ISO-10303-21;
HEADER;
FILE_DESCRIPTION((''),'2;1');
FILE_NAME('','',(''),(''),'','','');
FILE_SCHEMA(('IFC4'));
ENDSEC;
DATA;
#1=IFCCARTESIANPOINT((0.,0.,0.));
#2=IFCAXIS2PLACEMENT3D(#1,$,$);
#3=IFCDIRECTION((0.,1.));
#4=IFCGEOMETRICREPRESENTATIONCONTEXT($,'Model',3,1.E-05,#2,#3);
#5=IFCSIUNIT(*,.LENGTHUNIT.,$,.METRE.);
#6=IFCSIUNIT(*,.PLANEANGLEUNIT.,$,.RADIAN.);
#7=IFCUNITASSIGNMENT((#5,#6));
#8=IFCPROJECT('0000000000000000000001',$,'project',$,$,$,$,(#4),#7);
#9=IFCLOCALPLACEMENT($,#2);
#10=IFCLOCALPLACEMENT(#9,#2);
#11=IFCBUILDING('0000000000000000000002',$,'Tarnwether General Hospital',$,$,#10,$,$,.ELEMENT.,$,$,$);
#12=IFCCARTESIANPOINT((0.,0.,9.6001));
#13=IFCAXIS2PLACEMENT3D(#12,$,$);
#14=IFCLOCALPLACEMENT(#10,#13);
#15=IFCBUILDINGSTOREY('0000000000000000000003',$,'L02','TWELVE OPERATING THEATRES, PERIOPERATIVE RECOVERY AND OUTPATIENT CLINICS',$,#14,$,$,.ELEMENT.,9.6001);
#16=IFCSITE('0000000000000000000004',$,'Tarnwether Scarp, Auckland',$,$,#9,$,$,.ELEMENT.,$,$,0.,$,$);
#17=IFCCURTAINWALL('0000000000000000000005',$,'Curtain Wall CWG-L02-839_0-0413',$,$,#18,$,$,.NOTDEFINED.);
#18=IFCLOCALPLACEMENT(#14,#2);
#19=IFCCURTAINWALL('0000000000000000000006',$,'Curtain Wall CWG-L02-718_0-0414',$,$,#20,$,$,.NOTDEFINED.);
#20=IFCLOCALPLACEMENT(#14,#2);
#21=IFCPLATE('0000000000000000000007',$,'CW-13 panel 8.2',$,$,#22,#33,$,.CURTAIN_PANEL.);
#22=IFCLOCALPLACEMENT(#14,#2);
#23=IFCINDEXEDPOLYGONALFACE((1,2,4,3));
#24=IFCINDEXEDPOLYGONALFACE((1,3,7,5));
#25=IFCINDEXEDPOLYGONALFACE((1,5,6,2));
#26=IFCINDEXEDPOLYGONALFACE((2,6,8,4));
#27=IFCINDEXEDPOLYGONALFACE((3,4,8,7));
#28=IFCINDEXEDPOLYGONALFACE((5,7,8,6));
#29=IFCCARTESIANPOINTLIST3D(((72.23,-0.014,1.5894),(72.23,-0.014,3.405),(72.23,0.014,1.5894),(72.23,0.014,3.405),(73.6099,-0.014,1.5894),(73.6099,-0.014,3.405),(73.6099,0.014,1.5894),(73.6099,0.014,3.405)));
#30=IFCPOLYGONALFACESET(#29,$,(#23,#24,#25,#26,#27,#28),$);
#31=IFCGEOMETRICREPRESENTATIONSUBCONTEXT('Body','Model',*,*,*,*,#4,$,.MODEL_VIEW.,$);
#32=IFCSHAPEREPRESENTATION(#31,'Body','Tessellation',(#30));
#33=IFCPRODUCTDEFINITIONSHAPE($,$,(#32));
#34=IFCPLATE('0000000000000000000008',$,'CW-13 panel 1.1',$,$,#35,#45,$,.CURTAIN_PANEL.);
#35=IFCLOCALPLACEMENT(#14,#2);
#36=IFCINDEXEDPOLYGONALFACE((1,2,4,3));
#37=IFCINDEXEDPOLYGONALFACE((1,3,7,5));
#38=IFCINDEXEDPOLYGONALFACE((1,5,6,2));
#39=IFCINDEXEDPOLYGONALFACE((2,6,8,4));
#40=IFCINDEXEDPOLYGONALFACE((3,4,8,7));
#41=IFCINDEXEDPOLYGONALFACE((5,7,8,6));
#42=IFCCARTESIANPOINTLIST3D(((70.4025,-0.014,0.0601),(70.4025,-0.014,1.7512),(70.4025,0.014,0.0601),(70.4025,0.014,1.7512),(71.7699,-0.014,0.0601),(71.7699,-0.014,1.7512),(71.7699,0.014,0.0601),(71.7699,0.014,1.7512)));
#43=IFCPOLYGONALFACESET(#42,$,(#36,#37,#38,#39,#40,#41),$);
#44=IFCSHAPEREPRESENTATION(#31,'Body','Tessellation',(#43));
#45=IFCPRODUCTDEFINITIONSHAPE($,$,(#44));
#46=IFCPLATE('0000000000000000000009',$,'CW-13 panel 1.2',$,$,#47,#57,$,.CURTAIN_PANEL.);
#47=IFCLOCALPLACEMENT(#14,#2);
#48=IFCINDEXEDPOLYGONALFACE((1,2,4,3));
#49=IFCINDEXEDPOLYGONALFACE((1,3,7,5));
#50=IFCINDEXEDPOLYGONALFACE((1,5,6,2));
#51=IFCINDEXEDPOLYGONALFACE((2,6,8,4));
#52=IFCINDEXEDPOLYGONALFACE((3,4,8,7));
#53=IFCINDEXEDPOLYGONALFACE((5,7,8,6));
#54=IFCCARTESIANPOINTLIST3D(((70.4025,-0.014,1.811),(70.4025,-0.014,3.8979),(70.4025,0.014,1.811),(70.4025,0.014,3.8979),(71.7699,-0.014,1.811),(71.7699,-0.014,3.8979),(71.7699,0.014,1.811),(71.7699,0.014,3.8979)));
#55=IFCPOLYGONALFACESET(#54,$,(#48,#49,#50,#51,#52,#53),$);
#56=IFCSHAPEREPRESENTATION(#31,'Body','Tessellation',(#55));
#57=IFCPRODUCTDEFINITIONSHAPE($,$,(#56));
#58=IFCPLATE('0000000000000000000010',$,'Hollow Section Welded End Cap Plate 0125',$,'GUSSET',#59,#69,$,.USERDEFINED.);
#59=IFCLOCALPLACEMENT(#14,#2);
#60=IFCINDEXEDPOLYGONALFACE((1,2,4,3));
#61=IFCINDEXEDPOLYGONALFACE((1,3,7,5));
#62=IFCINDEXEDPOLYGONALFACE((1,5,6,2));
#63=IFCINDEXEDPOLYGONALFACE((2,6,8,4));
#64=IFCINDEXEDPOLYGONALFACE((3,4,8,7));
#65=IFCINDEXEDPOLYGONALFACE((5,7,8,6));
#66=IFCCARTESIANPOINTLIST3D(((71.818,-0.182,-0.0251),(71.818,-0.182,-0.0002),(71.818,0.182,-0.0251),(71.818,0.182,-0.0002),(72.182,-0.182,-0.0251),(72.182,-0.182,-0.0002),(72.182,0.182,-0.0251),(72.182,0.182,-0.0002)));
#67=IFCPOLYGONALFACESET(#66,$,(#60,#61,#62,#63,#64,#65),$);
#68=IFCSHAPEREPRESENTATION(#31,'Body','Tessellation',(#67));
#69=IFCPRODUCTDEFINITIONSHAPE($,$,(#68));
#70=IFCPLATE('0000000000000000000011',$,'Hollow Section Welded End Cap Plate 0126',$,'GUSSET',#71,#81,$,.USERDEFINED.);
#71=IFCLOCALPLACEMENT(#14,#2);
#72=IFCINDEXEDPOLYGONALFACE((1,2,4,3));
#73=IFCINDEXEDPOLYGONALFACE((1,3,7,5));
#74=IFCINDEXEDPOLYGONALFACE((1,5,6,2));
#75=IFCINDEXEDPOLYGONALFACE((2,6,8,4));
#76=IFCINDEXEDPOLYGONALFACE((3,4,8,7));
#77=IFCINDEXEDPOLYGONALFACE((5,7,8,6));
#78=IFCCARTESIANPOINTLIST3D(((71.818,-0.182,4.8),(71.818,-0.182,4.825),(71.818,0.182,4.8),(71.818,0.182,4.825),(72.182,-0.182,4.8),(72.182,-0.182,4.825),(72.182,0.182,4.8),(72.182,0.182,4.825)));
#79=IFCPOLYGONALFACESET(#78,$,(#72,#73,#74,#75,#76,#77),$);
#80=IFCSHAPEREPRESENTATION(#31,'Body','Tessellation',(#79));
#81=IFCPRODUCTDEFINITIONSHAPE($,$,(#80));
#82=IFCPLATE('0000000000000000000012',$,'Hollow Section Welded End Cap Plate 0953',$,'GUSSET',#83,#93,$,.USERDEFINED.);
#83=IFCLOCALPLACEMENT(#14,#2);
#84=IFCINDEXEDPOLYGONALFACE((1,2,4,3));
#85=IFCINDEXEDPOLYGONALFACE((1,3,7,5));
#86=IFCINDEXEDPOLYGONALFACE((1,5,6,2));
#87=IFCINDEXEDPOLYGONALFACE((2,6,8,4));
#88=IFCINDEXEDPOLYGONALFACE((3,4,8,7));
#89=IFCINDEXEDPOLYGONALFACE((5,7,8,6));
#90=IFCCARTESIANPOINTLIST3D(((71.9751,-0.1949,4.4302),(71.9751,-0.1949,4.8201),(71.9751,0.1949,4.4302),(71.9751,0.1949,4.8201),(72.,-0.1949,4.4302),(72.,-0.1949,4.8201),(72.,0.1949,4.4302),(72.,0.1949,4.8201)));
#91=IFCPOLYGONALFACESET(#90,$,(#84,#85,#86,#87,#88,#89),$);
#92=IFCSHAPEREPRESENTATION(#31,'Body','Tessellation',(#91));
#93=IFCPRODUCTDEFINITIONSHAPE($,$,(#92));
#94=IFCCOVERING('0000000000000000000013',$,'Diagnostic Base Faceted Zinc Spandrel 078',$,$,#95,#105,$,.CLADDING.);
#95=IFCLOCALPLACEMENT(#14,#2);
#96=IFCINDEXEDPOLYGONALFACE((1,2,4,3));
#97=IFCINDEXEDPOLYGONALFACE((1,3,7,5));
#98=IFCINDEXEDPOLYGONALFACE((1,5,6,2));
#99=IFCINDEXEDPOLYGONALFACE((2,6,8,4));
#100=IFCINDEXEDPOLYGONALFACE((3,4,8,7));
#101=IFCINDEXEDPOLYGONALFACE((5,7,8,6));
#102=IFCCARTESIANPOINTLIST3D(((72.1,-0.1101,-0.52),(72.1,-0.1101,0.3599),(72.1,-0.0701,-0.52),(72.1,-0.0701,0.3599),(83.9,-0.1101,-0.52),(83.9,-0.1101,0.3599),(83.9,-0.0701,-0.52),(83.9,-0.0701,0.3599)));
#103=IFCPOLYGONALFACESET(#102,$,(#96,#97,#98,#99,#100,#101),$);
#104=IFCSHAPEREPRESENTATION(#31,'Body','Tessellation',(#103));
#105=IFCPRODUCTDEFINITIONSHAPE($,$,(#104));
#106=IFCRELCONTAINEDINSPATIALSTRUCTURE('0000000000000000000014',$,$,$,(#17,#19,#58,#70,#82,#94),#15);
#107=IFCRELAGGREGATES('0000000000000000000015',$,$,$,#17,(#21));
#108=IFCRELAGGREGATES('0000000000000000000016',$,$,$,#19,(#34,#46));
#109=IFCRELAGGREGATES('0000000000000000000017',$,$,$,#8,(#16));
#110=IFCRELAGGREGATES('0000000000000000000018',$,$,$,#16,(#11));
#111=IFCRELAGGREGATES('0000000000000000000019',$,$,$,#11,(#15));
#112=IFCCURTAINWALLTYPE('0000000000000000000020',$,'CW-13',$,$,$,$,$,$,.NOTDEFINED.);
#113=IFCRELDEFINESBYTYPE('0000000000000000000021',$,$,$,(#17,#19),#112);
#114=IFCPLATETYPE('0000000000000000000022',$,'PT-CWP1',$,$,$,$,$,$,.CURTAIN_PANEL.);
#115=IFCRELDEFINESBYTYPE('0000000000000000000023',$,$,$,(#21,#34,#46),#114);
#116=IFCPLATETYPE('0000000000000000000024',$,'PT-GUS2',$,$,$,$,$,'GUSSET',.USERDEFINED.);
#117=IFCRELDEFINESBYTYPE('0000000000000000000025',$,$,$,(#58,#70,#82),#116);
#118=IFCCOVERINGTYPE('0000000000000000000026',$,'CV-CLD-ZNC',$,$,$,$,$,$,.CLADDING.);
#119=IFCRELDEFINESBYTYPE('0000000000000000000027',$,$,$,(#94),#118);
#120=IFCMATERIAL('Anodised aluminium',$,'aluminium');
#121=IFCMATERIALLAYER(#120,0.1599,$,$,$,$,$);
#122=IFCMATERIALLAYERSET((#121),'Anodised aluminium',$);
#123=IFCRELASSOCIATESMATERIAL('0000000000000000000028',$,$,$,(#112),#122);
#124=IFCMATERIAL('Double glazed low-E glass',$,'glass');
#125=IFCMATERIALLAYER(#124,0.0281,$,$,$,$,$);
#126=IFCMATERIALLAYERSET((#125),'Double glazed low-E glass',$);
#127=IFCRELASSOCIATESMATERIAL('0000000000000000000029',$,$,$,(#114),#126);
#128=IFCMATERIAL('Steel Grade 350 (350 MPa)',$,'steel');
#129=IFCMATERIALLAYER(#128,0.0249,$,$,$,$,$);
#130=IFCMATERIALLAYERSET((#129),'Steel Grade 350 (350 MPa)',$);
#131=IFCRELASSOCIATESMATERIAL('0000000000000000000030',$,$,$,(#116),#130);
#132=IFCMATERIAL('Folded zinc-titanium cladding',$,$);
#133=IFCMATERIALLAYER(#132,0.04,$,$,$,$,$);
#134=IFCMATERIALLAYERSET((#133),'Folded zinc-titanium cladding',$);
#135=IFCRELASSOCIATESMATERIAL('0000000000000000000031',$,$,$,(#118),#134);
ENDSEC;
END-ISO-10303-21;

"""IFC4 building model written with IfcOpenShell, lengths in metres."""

from ifc_helpers import new_model, si_unit, direction, frame, origin, origin_2d, place, context, subcontext, project, spatial, rectangle, extrude, material, layer, layer_set, type_object, element, aggregate, save


model = new_model("IFC4")

# Units and contexts
model_context = context("Model", 3, precision=1e-05, world=origin(), true_north=direction((0.0, 1.0)))
body_context = subcontext(model_context, "Body", "Model", "MODEL_VIEW")
ifc_project = project(units=[si_unit("LENGTHUNIT", "METRE"), si_unit("PLANEANGLEUNIT", "RADIAN")], contexts=[model_context])

# Site, building, storey
site_placement = place(None, origin())
site = spatial("IfcSite", under=ifc_project, at=site_placement, Name="Tarnwether Scarp, Auckland", CompositionType="ELEMENT", RefElevation=0.0)
building_placement = place(site_placement, origin())
building = spatial("IfcBuilding", under=site, at=building_placement, Name="Tarnwether General Hospital", CompositionType="ELEMENT")
storey_placement = place(building_placement, frame((0.0, 0.0, 9.6001)))
storey = spatial("IfcBuildingStorey", under=building, at=storey_placement, Name="L02", Description="TWELVE OPERATING THEATRES, PERIOPERATIVE RECOVERY AND OUTPATIENT CLINICS", CompositionType="ELEMENT", Elevation=9.6001)

# Curtain wall
ifc_material_1 = material(Name="Anodised aluminium", Category="aluminium")
ifc_layer_1 = layer(ifc_material_1, 0.1599)
ifc_layer_set_1 = layer_set([ifc_layer_1], Name="Anodised aluminium")
curtain_wall_type = type_object("IfcCurtainWallType", Name="CW-13", PredefinedType="NOTDEFINED", material=ifc_layer_set_1)
curtain_wall_1_placement = place(storey_placement, origin())
curtain_wall_1 = element("IfcCurtainWall", 1, at=curtain_wall_1_placement, inside=storey, type_object=curtain_wall_type, Name="Curtain Wall CWG-L02-839_0-0413", PredefinedType="NOTDEFINED")

# Curtain wall
curtain_wall_2_placement = place(storey_placement, origin())
curtain_wall_2 = element("IfcCurtainWall", 2, at=curtain_wall_2_placement, inside=storey, type_object=curtain_wall_type, Name="Curtain Wall CWG-L02-718_0-0414", PredefinedType="NOTDEFINED")

# Plates
ifc_material_2 = material(Name="Double glazed low-E glass", Category="glass")
ifc_layer_2 = layer(ifc_material_2, 0.0281)
ifc_layer_set_2 = layer_set([ifc_layer_2], Name="Double glazed low-E glass")
plate_type_1 = type_object("IfcPlateType", Name="PT-CWP1", PredefinedType="CURTAIN_PANEL", material=ifc_layer_set_2)
plate_1_placement = place(storey_placement, frame((72.9199, 0.0, 1.5894), z_axis=(0.0, 0.0, 1.0), x_axis=(-1.0, 0.0, 0.0)))
plate_1 = element("IfcPlate", 3, at=plate_1_placement, type_object=plate_type_1, Name="CW-13 panel 8.2", PredefinedType="CURTAIN_PANEL", context=body_context, shape_type="SweptSolid", body=[
    extrude(rectangle(XDim=1.3799, YDim=0.0281, at=origin_2d()), origin(), (0.0, 0.0, 1.0), 1.8157),
])
aggregate(curtain_wall_1, [plate_1])
plate_2_placement = place(storey_placement, frame((71.0862, 0.0, 0.0601), z_axis=(0.0, 0.0, 1.0), x_axis=(-1.0, 0.0, 0.0)))
plate_2 = element("IfcPlate", 4, at=plate_2_placement, type_object=plate_type_1, Name="CW-13 panel 1.1", PredefinedType="CURTAIN_PANEL", context=body_context, shape_type="SweptSolid", body=[
    extrude(rectangle(XDim=1.3674, YDim=0.0281, at=origin_2d()), origin(), (0.0, 0.0, 1.0), 1.6912),
])
plate_3_placement = place(storey_placement, frame((71.0862, 0.0, 1.811), z_axis=(0.0, 0.0, 1.0), x_axis=(-1.0, 0.0, 0.0)))
plate_3 = element("IfcPlate", 5, at=plate_3_placement, type_object=plate_type_1, Name="CW-13 panel 1.2", PredefinedType="CURTAIN_PANEL", context=body_context, shape_type="SweptSolid", body=[
    extrude(rectangle(XDim=1.3674, YDim=0.0281, at=origin_2d()), origin(), (0.0, 0.0, 1.0), 2.0869),
])
aggregate(curtain_wall_2, [plate_2, plate_3])

# Plates
ifc_material_3 = material(Name="Steel Grade 350 (350 MPa)", Category="steel")
ifc_layer_3 = layer(ifc_material_3, 0.0249)
ifc_layer_set_3 = layer_set([ifc_layer_3], Name="Steel Grade 350 (350 MPa)")
plate_type_2 = type_object("IfcPlateType", Name="PT-GUS2", ElementType="GUSSET", PredefinedType="USERDEFINED", material=ifc_layer_set_3)
for number, where, z_axis, x_axis, name in (
    (6, (72.0, 0.0, -0.0251), (0.0, 0.0, 1.0), (1.0, 0.0, 0.0), "Hollow Section Welded End Cap Plate 0125"),
    (7, (72.0, 0.0, 4.8), (0.0, 0.0, 1.0), (1.0, 0.0, 0.0), "Hollow Section Welded End Cap Plate 0126"),
):
    element("IfcPlate", number, at=place(storey_placement, frame(where, z_axis=z_axis, x_axis=x_axis)), inside=storey, type_object=plate_type_2, Name=name, ObjectType="GUSSET", PredefinedType="USERDEFINED", context=body_context, shape_type="SweptSolid", body=[
        extrude(rectangle(XDim=0.364, YDim=0.364, at=origin_2d()), origin(), (0.0, 0.0, 1.0), 0.0249),
    ])
plate_4_placement = place(storey_placement, frame((71.9875, 0.0, 4.4302), z_axis=(0.0, 0.0, 1.0), x_axis=(1.0, 0.0, 0.0)))
element("IfcPlate", 8, at=plate_4_placement, inside=storey, type_object=plate_type_2, Name="Hollow Section Welded End Cap Plate 0953", ObjectType="GUSSET", PredefinedType="USERDEFINED", context=body_context, shape_type="SweptSolid", body=[
    extrude(rectangle(XDim=0.0249, YDim=0.3899, at=origin_2d()), origin(), (0.0, 0.0, 1.0), 0.3899),
])

# Covering
ifc_material_4 = material(Name="Folded zinc-titanium cladding")
ifc_layer_4 = layer(ifc_material_4, 0.04)
ifc_layer_set_4 = layer_set([ifc_layer_4], Name="Folded zinc-titanium cladding")
covering_type = type_object("IfcCoveringType", Name="CV-CLD-ZNC", PredefinedType="CLADDING", material=ifc_layer_set_4)
covering_placement = place(storey_placement, frame((78.0, -0.0901, -0.52), z_axis=(0.0, 0.0, 1.0), x_axis=(1.0, 0.0, 0.0)))
element("IfcCovering", 9, at=covering_placement, inside=storey, type_object=covering_type, Name="Diagnostic Base Faceted Zinc Spandrel 078", PredefinedType="CLADDING", context=body_context, shape_type="SweptSolid", body=[
    extrude(rectangle(XDim=11.8, YDim=0.04, at=origin_2d()), origin(), (0.0, 0.0, 1.0), 0.8799),
])

save(model, "model.ifc")
